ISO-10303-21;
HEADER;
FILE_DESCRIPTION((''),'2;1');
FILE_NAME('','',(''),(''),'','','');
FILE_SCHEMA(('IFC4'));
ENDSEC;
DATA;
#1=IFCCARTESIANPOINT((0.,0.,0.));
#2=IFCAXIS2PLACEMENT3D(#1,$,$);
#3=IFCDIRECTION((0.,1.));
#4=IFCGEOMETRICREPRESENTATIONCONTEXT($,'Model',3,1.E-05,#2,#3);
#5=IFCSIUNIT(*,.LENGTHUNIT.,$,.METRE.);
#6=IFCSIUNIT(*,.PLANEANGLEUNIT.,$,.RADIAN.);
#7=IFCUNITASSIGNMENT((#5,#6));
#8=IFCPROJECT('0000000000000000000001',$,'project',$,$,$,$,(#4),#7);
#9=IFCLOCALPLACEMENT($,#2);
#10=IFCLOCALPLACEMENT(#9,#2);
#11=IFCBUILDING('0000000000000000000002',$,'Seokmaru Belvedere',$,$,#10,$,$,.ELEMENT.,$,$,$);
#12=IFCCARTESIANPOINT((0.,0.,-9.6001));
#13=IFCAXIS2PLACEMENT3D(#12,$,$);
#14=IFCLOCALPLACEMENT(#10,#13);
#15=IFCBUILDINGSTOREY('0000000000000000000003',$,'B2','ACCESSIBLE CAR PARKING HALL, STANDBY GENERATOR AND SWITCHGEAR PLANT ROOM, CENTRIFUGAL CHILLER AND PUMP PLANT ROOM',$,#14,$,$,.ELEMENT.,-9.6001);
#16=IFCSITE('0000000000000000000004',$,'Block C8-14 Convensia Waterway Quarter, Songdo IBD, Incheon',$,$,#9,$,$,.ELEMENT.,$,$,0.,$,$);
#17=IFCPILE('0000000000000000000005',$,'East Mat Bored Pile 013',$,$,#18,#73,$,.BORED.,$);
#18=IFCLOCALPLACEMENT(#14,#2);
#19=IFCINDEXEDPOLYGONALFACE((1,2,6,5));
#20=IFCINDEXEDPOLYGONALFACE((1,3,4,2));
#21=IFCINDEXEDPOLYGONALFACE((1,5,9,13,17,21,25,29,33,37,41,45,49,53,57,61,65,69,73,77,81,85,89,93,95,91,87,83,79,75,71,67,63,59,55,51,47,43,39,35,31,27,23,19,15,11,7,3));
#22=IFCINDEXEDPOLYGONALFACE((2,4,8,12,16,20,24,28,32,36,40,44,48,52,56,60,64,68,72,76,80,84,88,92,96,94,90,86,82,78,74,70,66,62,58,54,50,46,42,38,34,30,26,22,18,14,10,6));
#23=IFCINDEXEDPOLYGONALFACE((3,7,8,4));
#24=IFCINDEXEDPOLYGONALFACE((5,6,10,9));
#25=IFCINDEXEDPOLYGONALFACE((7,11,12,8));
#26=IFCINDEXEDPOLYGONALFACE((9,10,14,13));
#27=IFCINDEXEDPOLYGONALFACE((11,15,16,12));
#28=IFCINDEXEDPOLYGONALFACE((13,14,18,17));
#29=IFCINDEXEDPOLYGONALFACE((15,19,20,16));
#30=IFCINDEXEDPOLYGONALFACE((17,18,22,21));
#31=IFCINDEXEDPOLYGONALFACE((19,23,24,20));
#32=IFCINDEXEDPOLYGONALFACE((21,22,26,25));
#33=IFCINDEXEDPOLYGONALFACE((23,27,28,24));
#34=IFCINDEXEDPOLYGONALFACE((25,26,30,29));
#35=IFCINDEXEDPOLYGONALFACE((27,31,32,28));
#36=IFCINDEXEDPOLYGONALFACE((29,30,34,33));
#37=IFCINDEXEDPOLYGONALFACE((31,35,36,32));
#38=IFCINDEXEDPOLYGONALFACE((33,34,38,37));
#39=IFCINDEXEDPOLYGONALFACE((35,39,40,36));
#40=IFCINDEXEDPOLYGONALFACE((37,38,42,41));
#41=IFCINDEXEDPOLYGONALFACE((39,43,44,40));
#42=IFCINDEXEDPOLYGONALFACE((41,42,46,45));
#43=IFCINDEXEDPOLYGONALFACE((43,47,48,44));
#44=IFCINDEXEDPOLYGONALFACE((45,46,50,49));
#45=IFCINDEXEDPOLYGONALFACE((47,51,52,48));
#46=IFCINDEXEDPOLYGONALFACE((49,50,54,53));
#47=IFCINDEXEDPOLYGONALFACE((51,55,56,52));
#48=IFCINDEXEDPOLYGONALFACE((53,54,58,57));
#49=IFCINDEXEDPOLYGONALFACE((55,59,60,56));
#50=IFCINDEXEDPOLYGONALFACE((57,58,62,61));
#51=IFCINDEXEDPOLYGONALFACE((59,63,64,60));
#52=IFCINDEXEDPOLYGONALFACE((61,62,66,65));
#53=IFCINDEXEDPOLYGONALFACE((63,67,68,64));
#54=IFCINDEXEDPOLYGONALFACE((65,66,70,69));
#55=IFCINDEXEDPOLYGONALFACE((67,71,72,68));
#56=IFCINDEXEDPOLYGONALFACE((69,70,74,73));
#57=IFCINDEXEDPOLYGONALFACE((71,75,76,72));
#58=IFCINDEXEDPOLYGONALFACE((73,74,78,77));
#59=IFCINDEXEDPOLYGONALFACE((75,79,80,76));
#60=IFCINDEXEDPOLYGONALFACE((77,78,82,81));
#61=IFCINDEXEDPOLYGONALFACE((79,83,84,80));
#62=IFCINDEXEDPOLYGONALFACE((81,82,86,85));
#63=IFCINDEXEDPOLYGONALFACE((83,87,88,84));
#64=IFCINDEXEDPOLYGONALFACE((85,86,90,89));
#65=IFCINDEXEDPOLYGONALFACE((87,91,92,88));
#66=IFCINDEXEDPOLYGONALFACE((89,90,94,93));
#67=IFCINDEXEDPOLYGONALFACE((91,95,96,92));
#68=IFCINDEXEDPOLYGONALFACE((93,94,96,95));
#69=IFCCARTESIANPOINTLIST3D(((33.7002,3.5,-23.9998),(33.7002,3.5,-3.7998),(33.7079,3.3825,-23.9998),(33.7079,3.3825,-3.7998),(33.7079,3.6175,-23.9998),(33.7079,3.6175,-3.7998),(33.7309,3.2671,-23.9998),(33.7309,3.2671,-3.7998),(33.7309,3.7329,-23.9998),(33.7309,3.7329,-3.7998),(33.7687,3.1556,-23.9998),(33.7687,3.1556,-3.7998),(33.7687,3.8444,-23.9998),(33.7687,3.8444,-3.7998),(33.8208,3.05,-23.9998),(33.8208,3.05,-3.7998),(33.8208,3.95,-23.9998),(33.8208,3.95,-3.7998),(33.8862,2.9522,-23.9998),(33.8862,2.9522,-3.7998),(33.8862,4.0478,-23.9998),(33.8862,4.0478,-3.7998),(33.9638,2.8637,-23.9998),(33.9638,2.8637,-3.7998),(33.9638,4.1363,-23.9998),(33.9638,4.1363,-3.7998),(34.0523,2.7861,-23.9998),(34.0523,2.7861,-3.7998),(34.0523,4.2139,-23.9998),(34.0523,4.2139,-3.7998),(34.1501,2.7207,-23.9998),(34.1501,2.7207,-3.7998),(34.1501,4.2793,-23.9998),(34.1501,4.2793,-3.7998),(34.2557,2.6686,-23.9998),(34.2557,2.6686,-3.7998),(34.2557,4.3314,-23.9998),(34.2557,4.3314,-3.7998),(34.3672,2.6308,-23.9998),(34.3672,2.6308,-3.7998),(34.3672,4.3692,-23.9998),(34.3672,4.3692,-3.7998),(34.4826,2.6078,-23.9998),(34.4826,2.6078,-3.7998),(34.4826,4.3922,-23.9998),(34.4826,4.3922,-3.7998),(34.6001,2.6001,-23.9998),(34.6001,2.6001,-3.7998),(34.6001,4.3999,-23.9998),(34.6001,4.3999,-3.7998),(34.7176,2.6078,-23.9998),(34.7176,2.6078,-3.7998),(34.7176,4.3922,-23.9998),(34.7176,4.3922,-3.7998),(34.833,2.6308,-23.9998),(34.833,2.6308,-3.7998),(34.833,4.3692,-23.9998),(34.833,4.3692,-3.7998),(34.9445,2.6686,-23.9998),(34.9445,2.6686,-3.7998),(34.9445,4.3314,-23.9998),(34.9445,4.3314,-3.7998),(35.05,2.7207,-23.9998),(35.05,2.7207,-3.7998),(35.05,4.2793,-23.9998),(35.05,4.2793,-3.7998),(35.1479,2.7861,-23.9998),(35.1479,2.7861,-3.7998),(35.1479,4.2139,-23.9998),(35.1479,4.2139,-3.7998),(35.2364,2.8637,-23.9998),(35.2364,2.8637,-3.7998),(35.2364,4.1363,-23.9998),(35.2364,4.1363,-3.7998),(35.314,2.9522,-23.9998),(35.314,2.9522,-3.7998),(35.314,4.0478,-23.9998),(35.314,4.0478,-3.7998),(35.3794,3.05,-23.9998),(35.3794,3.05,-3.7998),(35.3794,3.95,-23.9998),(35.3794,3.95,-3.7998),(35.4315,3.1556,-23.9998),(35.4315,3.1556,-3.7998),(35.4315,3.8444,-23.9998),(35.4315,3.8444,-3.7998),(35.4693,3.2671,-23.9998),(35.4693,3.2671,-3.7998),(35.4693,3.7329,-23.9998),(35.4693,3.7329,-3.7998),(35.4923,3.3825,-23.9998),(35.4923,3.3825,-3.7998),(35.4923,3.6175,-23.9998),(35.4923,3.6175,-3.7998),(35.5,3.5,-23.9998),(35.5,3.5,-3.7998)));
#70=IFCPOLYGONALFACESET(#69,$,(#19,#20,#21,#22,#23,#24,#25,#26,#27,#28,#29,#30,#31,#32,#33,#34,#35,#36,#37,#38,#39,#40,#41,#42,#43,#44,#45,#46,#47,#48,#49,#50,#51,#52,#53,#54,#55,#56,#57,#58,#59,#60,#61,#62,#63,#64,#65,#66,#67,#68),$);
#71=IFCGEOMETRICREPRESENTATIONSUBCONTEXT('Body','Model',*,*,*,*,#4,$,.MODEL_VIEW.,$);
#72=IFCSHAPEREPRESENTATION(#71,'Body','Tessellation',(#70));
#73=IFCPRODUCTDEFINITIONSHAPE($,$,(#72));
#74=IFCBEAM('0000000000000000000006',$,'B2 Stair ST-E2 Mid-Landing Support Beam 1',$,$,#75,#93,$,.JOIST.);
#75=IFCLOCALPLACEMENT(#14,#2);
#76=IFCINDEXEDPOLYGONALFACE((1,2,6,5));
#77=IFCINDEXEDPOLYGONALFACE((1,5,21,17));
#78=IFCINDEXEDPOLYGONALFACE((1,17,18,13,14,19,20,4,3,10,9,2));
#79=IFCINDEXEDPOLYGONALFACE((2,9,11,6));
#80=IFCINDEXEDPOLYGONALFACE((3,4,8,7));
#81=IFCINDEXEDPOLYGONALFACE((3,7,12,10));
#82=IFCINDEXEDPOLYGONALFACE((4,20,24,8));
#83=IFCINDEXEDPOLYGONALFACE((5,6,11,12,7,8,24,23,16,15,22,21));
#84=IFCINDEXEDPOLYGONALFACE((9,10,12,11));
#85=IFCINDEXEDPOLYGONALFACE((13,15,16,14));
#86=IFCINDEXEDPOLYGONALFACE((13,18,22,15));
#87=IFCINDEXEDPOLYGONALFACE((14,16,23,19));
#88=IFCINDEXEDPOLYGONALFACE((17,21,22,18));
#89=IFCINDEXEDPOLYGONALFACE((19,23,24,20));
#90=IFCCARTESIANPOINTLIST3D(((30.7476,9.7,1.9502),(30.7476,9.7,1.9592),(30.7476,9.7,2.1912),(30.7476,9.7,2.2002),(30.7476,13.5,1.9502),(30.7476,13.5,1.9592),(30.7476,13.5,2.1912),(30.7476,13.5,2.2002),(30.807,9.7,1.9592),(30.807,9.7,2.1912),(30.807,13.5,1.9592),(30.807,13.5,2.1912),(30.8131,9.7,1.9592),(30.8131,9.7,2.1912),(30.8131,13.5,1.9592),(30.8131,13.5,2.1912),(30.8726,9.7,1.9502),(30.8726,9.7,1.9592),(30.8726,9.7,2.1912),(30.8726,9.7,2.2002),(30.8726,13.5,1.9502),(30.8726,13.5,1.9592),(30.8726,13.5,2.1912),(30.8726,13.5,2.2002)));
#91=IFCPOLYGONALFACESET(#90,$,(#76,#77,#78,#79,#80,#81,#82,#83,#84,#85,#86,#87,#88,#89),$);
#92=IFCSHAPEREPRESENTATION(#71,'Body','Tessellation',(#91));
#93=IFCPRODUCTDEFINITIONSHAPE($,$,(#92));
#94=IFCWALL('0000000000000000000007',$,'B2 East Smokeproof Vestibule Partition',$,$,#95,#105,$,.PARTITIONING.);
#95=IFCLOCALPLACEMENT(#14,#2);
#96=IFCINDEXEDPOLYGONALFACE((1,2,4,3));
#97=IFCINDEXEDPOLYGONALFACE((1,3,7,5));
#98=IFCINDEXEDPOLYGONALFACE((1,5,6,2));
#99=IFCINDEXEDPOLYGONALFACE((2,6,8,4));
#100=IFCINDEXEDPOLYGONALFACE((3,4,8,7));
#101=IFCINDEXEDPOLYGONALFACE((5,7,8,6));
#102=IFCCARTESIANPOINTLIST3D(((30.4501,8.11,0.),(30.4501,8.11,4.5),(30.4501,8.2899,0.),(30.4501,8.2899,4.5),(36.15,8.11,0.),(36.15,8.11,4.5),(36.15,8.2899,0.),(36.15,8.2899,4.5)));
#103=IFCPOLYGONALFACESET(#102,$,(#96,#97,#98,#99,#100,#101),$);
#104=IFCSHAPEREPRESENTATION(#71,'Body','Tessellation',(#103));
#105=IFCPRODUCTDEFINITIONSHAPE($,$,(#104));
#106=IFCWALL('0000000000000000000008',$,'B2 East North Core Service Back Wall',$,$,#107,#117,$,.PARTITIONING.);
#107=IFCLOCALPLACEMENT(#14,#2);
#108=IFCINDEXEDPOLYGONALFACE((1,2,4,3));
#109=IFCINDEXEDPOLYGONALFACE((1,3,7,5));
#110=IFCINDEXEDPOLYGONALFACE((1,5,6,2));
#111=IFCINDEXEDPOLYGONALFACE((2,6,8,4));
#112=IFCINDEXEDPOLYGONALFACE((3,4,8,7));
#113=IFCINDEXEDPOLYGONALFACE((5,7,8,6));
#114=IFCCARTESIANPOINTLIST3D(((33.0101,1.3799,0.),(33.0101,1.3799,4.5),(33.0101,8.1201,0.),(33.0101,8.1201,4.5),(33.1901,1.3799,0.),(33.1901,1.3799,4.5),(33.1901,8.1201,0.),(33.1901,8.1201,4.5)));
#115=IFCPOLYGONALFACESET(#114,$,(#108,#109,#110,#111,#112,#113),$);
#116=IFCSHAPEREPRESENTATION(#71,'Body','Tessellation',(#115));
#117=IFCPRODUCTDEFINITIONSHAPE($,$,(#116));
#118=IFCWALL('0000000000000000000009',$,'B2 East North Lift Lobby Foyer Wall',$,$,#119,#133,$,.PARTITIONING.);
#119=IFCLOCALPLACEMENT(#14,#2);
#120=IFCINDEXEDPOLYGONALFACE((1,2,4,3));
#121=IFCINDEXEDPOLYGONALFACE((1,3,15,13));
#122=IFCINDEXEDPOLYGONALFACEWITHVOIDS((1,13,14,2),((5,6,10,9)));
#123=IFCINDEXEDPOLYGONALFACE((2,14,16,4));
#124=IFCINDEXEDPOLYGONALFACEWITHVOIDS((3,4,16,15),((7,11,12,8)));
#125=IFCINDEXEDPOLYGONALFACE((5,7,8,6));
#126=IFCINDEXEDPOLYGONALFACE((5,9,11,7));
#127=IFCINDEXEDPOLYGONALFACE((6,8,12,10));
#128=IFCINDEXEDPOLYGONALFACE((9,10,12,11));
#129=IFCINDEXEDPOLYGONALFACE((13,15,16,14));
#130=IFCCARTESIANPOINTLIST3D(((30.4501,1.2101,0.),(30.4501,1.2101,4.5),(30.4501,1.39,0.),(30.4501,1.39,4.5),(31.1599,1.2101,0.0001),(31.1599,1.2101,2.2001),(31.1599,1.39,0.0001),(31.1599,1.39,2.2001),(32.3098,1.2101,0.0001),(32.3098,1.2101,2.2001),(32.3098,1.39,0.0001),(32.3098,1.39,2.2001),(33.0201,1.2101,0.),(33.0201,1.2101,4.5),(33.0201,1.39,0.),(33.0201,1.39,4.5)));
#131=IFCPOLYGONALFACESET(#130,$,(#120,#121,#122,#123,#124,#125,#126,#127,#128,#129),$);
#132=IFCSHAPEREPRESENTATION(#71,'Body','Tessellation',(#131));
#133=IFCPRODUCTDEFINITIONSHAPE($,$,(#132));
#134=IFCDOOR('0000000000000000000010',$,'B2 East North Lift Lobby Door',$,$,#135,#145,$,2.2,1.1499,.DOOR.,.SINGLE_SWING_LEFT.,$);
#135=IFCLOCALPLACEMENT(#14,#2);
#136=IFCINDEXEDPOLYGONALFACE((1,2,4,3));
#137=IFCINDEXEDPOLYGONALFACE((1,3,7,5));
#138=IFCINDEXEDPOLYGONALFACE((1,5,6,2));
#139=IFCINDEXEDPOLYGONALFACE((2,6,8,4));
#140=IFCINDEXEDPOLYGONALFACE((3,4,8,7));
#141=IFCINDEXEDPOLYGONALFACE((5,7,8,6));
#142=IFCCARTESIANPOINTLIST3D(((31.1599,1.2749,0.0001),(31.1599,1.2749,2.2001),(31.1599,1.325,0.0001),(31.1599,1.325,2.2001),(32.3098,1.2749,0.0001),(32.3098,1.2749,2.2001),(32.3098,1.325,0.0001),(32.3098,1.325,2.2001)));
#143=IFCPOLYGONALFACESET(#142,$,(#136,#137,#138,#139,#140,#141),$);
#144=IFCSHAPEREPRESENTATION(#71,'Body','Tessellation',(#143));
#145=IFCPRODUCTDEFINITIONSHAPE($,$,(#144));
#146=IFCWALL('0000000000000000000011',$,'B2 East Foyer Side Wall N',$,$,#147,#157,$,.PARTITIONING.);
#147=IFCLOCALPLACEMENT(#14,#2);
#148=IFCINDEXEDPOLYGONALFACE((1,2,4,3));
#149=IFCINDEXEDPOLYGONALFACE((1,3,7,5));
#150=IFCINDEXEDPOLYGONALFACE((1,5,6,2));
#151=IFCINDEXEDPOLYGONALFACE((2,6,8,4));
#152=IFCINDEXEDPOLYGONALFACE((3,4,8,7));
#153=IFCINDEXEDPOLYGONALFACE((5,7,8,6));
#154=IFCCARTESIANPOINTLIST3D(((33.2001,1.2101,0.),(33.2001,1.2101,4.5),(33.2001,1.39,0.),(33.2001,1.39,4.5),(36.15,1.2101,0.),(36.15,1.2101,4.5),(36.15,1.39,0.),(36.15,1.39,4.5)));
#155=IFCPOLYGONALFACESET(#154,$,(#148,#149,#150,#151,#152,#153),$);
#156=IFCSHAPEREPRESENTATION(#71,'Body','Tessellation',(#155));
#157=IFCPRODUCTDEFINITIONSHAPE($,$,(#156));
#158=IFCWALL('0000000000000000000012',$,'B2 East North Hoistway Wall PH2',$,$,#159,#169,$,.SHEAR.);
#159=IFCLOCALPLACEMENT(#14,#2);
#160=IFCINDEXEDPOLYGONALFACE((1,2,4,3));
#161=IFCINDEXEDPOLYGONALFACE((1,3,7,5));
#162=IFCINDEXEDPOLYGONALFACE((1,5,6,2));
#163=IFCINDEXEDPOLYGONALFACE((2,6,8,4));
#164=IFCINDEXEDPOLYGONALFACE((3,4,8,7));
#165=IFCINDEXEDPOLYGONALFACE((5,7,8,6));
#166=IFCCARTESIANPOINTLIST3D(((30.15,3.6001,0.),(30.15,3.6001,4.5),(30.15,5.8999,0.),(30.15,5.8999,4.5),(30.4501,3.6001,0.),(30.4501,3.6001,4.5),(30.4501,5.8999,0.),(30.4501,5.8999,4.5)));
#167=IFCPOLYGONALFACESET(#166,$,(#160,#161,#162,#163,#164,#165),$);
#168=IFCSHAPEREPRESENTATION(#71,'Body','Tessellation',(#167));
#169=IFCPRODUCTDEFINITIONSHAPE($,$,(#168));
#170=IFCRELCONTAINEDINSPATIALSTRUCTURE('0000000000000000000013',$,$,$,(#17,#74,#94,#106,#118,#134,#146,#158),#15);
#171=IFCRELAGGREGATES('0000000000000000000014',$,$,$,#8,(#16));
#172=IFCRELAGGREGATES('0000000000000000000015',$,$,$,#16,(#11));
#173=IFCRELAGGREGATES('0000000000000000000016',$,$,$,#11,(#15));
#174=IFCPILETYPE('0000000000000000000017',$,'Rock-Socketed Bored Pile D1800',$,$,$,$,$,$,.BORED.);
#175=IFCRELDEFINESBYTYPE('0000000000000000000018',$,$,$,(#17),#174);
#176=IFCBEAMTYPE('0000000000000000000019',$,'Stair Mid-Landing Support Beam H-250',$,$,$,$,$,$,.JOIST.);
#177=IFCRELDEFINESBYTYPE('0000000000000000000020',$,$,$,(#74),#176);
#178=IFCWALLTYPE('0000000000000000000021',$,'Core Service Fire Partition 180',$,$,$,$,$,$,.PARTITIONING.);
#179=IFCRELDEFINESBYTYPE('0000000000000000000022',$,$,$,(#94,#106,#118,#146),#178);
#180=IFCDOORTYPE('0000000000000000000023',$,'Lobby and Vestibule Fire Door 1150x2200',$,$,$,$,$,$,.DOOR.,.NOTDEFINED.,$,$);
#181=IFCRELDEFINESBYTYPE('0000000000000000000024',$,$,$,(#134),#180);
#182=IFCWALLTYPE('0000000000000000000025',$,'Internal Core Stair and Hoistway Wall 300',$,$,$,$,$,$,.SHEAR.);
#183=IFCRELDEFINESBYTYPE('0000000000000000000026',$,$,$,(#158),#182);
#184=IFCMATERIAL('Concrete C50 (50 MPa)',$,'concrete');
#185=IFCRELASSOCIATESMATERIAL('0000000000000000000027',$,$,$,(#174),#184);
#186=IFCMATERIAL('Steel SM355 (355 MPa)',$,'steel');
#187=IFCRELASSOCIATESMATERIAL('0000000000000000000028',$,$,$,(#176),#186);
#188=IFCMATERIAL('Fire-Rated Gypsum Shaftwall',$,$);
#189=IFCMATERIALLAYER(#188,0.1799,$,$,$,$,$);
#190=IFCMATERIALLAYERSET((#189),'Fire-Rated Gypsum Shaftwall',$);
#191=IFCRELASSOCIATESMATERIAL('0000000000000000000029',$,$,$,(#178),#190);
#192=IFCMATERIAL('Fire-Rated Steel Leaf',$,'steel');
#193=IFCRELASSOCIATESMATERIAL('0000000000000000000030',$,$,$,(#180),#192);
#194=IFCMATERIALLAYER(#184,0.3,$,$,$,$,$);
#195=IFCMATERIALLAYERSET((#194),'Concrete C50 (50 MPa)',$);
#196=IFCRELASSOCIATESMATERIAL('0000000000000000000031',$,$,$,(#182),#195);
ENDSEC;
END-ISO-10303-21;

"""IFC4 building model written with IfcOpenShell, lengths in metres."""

from ifc_helpers import new_model, si_unit, direction, frame, frame_2d, origin, origin_2d, place, context, subcontext, project, spatial, rectangle, circle, i_section, extrude, source, transform, mapped, material, layer, layer_set, material_profile, profile_set, type_object, type_shapes, element, fill, save


model = new_model("IFC4")

# Units and contexts
model_context = context("Model", 3, precision=1e-05, world=origin(), true_north=direction((0.0, 1.0)))
body_context = subcontext(model_context, "Body", "Model", "MODEL_VIEW")
ifc_project = project(units=[si_unit("LENGTHUNIT", "METRE"), si_unit("PLANEANGLEUNIT", "RADIAN")], contexts=[model_context])

# Site, building, storey
site_placement = place(None, origin())
site = spatial("IfcSite", under=ifc_project, at=site_placement, Name="Block C8-14 Convensia Waterway Quarter, Songdo IBD, Incheon", CompositionType="ELEMENT", RefElevation=0.0)
building_placement = place(site_placement, origin())
building = spatial("IfcBuilding", under=site, at=building_placement, Name="Seokmaru Belvedere", CompositionType="ELEMENT")
storey_placement = place(building_placement, frame((0.0, 0.0, -9.6001)))
storey = spatial("IfcBuildingStorey", under=building, at=storey_placement, Name="B2", Description="ACCESSIBLE CAR PARKING HALL, STANDBY GENERATOR AND SWITCHGEAR PLANT ROOM, CENTRIFUGAL CHILLER AND PUMP PLANT ROOM", CompositionType="ELEMENT", Elevation=-9.6001)

# Pile
ifc_material_1 = material(Name="Concrete C50 (50 MPa)", Category="concrete")
ifc_material_profile_1 = material_profile(ifc_material_1, circle(Radius=0.8999, at=origin_2d()), Name="PILE-D1800")
ifc_profile_set_1 = profile_set([ifc_material_profile_1], Name="Concrete C50 (50 MPa)")
pile_type_1 = type_object("IfcPileType", Name="Rock-Socketed Bored Pile D1800", PredefinedType="BORED", material=ifc_profile_set_1)
shared_shape_1 = source(origin(), body_context, "Body", "SweptSolid", [
    extrude(circle(Radius=0.8999, at=origin_2d()), origin(), (0.0, 0.0, 1.0), 20.2),
])
type_shapes(pile_type_1, [shared_shape_1])
for number, where, z_axis, x_axis, name in (
    (1, (34.6001, 3.5, -3.7998), (0.0, 0.0, -1.0), (1.0, 0.0, 0.0), "East Mat Bored Pile 013"),
):
    element("IfcPile", number, at=place(storey_placement, frame(where, z_axis=z_axis, x_axis=x_axis)), inside=storey, type_object=pile_type_1, Name=name, PredefinedType="BORED", context=body_context, shape_type="MappedRepresentation", body=[
        mapped(shared_shape_1, transform((0.0, 0.0, 0.0), scale=1.0)),
    ])

# Beam
ifc_material_2 = material(Name="Steel SM355 (355 MPa)", Category="steel")
ifc_material_profile_2 = material_profile(ifc_material_2, i_section(OverallWidth=0.125, OverallDepth=0.25, WebThickness=0.0061, FlangeThickness=0.009, at=origin_2d()), Name="H-250x125x6x9")
ifc_profile_set_2 = profile_set([ifc_material_profile_2], Name="Steel SM355 (355 MPa)")
beam_type = type_object("IfcBeamType", Name="Stair Mid-Landing Support Beam H-250", PredefinedType="JOIST", material=ifc_profile_set_2)
shared_shape_2 = source(origin(), body_context, "Body", "SweptSolid", [
    extrude(i_section(OverallWidth=0.125, OverallDepth=0.25, WebThickness=0.0061, FlangeThickness=0.009, at=origin_2d()), origin(), (0.0, 0.0, 1.0), 3.8),
])
type_shapes(beam_type, [shared_shape_2])
beam_placement = place(storey_placement, frame((30.8101, 9.7, 2.0752), z_axis=(0.0, 1.0, 0.0), x_axis=(-1.0, 0.0, 0.0)))
element("IfcBeam", 2, at=beam_placement, inside=storey, type_object=beam_type, Name="B2 Stair ST-E2 Mid-Landing Support Beam 1", PredefinedType="JOIST", context=body_context, shape_type="MappedRepresentation", body=[
    mapped(shared_shape_2, transform((0.0, 0.0, 0.0), scale=1.0)),
])

# Walls
ifc_material_3 = material(Name="Fire-Rated Gypsum Shaftwall")
ifc_layer_1 = layer(ifc_material_3, 0.1799)
ifc_layer_set_1 = layer_set([ifc_layer_1], Name="Fire-Rated Gypsum Shaftwall")
wall_type_1 = type_object("IfcWallType", Name="Core Service Fire Partition 180", PredefinedType="PARTITIONING", material=ifc_layer_set_1)
wall_1_placement = place(storey_placement, frame((30.45, 8.2, 0.0), z_axis=(0.0, 0.0, 1.0), x_axis=(1.0, 0.0, 0.0)))
element("IfcWall", 3, at=wall_1_placement, inside=storey, type_object=wall_type_1, Name="B2 East Smokeproof Vestibule Partition", PredefinedType="PARTITIONING", context=body_context, shape_type="SweptSolid", body=[
    extrude(rectangle(XDim=5.7, YDim=0.1799, at=frame_2d((2.8501, 0.0))), origin(), (0.0, 0.0, 1.0), 4.5),
])
wall_2_placement = place(storey_placement, frame((33.1001, 1.3799, 0.0), z_axis=(0.0, 0.0, 1.0), x_axis=(0.0, 1.0, 0.0)))
element("IfcWall", 4, at=wall_2_placement, inside=storey, type_object=wall_type_1, Name="B2 East North Core Service Back Wall", PredefinedType="PARTITIONING", context=body_context, shape_type="SweptSolid", body=[
    extrude(rectangle(XDim=6.7402, YDim=0.1799, at=frame_2d((3.3701, 0.0))), origin(), (0.0, 0.0, 1.0), 4.5),
])

# Wall, opening, door
wall_3_placement = place(storey_placement, frame((30.45, 1.3, 0.0), z_axis=(0.0, 0.0, 1.0), x_axis=(1.0, 0.0, 0.0)))
wall_3 = element("IfcWall", 5, at=wall_3_placement, inside=storey, type_object=wall_type_1, Name="B2 East North Lift Lobby Foyer Wall", PredefinedType="PARTITIONING", context=body_context, shape_type="SweptSolid", body=[
    extrude(rectangle(XDim=2.5701, YDim=0.1799, at=frame_2d((1.2852, 0.0))), origin(), (0.0, 0.0, 1.0), 4.5),
])
opening_1_placement = place(wall_3_placement, frame((0.71, 0.0, 0.0)))
opening_1 = element("IfcOpeningElement", 6, at=opening_1_placement, cuts=wall_3, PredefinedType="OPENING", context=body_context, shape_type="SweptSolid", body=[
    extrude(rectangle(XDim=1.1499, YDim=2.2, at=frame_2d((0.575, 1.1001))), frame((0.0, 0.1001, 0.0), z_axis=(0.0, -1.0, 0.0), x_axis=(1.0, 0.0, 0.0)), (0.0, 0.0, 1.0), 0.2),
])
ifc_material_4 = material(Name="Fire-Rated Steel Leaf", Category="steel")
door_type_1 = type_object("IfcDoorType", Name="Lobby and Vestibule Fire Door 1150x2200", OperationType="NOTDEFINED", PredefinedType="DOOR", material=ifc_material_4)
shared_shape_3 = source(origin(), body_context, "Body", "SweptSolid", [
    extrude(rectangle(XDim=1.1499, YDim=2.2, at=frame_2d((0.575, 1.1001))), frame((0.0, 0.0249, 0.0), z_axis=(0.0, -1.0, 0.0), x_axis=(1.0, 0.0, 0.0)), (0.0, 0.0, 1.0), 0.05),
])
type_shapes(door_type_1, [shared_shape_3])
door_1_placement = place(opening_1_placement, origin())
door_1 = element("IfcDoor", 7, at=door_1_placement, inside=storey, type_object=door_type_1, Name="B2 East North Lift Lobby Door", OperationType="SINGLE_SWING_LEFT", OverallHeight=2.2, OverallWidth=1.1499, PredefinedType="DOOR", context=body_context, shape_type="MappedRepresentation", body=[
    mapped(shared_shape_3, transform((0.0, 0.0, 0.0), scale=1.0)),
])
fill(opening_1, door_1)

# Wall
wall_4_placement = place(storey_placement, frame((33.2, 1.3, 0.0), z_axis=(0.0, 0.0, 1.0), x_axis=(1.0, 0.0, 0.0)))
element("IfcWall", 8, at=wall_4_placement, inside=storey, type_object=wall_type_1, Name="B2 East Foyer Side Wall N", PredefinedType="PARTITIONING", context=body_context, shape_type="SweptSolid", body=[
    extrude(rectangle(XDim=2.95, YDim=0.1799, at=frame_2d((1.4751, 0.0))), origin(), (0.0, 0.0, 1.0), 4.5),
])

# Shared definitions
ifc_layer_2 = layer(ifc_material_1, 0.3)
ifc_layer_set_2 = layer_set([ifc_layer_2], Name="Concrete C50 (50 MPa)")
wall_type_2 = type_object("IfcWallType", Name="Internal Core Stair and Hoistway Wall 300", PredefinedType="SHEAR", material=ifc_layer_set_2)

# Wall
wall_5_placement = place(storey_placement, frame((30.3, 3.6001, 0.0), z_axis=(0.0, 0.0, 1.0), x_axis=(0.0, 1.0, 0.0)))
element("IfcWall", 9, at=wall_5_placement, inside=storey, type_object=wall_type_2, Name="B2 East North Hoistway Wall PH2", PredefinedType="SHEAR", context=body_context, shape_type="SweptSolid", body=[
    extrude(rectangle(XDim=2.2998, YDim=0.3, at=frame_2d((1.1499, 0.0))), origin(), (0.0, 0.0, 1.0), 4.5),
])

save(model, "model.ifc")
